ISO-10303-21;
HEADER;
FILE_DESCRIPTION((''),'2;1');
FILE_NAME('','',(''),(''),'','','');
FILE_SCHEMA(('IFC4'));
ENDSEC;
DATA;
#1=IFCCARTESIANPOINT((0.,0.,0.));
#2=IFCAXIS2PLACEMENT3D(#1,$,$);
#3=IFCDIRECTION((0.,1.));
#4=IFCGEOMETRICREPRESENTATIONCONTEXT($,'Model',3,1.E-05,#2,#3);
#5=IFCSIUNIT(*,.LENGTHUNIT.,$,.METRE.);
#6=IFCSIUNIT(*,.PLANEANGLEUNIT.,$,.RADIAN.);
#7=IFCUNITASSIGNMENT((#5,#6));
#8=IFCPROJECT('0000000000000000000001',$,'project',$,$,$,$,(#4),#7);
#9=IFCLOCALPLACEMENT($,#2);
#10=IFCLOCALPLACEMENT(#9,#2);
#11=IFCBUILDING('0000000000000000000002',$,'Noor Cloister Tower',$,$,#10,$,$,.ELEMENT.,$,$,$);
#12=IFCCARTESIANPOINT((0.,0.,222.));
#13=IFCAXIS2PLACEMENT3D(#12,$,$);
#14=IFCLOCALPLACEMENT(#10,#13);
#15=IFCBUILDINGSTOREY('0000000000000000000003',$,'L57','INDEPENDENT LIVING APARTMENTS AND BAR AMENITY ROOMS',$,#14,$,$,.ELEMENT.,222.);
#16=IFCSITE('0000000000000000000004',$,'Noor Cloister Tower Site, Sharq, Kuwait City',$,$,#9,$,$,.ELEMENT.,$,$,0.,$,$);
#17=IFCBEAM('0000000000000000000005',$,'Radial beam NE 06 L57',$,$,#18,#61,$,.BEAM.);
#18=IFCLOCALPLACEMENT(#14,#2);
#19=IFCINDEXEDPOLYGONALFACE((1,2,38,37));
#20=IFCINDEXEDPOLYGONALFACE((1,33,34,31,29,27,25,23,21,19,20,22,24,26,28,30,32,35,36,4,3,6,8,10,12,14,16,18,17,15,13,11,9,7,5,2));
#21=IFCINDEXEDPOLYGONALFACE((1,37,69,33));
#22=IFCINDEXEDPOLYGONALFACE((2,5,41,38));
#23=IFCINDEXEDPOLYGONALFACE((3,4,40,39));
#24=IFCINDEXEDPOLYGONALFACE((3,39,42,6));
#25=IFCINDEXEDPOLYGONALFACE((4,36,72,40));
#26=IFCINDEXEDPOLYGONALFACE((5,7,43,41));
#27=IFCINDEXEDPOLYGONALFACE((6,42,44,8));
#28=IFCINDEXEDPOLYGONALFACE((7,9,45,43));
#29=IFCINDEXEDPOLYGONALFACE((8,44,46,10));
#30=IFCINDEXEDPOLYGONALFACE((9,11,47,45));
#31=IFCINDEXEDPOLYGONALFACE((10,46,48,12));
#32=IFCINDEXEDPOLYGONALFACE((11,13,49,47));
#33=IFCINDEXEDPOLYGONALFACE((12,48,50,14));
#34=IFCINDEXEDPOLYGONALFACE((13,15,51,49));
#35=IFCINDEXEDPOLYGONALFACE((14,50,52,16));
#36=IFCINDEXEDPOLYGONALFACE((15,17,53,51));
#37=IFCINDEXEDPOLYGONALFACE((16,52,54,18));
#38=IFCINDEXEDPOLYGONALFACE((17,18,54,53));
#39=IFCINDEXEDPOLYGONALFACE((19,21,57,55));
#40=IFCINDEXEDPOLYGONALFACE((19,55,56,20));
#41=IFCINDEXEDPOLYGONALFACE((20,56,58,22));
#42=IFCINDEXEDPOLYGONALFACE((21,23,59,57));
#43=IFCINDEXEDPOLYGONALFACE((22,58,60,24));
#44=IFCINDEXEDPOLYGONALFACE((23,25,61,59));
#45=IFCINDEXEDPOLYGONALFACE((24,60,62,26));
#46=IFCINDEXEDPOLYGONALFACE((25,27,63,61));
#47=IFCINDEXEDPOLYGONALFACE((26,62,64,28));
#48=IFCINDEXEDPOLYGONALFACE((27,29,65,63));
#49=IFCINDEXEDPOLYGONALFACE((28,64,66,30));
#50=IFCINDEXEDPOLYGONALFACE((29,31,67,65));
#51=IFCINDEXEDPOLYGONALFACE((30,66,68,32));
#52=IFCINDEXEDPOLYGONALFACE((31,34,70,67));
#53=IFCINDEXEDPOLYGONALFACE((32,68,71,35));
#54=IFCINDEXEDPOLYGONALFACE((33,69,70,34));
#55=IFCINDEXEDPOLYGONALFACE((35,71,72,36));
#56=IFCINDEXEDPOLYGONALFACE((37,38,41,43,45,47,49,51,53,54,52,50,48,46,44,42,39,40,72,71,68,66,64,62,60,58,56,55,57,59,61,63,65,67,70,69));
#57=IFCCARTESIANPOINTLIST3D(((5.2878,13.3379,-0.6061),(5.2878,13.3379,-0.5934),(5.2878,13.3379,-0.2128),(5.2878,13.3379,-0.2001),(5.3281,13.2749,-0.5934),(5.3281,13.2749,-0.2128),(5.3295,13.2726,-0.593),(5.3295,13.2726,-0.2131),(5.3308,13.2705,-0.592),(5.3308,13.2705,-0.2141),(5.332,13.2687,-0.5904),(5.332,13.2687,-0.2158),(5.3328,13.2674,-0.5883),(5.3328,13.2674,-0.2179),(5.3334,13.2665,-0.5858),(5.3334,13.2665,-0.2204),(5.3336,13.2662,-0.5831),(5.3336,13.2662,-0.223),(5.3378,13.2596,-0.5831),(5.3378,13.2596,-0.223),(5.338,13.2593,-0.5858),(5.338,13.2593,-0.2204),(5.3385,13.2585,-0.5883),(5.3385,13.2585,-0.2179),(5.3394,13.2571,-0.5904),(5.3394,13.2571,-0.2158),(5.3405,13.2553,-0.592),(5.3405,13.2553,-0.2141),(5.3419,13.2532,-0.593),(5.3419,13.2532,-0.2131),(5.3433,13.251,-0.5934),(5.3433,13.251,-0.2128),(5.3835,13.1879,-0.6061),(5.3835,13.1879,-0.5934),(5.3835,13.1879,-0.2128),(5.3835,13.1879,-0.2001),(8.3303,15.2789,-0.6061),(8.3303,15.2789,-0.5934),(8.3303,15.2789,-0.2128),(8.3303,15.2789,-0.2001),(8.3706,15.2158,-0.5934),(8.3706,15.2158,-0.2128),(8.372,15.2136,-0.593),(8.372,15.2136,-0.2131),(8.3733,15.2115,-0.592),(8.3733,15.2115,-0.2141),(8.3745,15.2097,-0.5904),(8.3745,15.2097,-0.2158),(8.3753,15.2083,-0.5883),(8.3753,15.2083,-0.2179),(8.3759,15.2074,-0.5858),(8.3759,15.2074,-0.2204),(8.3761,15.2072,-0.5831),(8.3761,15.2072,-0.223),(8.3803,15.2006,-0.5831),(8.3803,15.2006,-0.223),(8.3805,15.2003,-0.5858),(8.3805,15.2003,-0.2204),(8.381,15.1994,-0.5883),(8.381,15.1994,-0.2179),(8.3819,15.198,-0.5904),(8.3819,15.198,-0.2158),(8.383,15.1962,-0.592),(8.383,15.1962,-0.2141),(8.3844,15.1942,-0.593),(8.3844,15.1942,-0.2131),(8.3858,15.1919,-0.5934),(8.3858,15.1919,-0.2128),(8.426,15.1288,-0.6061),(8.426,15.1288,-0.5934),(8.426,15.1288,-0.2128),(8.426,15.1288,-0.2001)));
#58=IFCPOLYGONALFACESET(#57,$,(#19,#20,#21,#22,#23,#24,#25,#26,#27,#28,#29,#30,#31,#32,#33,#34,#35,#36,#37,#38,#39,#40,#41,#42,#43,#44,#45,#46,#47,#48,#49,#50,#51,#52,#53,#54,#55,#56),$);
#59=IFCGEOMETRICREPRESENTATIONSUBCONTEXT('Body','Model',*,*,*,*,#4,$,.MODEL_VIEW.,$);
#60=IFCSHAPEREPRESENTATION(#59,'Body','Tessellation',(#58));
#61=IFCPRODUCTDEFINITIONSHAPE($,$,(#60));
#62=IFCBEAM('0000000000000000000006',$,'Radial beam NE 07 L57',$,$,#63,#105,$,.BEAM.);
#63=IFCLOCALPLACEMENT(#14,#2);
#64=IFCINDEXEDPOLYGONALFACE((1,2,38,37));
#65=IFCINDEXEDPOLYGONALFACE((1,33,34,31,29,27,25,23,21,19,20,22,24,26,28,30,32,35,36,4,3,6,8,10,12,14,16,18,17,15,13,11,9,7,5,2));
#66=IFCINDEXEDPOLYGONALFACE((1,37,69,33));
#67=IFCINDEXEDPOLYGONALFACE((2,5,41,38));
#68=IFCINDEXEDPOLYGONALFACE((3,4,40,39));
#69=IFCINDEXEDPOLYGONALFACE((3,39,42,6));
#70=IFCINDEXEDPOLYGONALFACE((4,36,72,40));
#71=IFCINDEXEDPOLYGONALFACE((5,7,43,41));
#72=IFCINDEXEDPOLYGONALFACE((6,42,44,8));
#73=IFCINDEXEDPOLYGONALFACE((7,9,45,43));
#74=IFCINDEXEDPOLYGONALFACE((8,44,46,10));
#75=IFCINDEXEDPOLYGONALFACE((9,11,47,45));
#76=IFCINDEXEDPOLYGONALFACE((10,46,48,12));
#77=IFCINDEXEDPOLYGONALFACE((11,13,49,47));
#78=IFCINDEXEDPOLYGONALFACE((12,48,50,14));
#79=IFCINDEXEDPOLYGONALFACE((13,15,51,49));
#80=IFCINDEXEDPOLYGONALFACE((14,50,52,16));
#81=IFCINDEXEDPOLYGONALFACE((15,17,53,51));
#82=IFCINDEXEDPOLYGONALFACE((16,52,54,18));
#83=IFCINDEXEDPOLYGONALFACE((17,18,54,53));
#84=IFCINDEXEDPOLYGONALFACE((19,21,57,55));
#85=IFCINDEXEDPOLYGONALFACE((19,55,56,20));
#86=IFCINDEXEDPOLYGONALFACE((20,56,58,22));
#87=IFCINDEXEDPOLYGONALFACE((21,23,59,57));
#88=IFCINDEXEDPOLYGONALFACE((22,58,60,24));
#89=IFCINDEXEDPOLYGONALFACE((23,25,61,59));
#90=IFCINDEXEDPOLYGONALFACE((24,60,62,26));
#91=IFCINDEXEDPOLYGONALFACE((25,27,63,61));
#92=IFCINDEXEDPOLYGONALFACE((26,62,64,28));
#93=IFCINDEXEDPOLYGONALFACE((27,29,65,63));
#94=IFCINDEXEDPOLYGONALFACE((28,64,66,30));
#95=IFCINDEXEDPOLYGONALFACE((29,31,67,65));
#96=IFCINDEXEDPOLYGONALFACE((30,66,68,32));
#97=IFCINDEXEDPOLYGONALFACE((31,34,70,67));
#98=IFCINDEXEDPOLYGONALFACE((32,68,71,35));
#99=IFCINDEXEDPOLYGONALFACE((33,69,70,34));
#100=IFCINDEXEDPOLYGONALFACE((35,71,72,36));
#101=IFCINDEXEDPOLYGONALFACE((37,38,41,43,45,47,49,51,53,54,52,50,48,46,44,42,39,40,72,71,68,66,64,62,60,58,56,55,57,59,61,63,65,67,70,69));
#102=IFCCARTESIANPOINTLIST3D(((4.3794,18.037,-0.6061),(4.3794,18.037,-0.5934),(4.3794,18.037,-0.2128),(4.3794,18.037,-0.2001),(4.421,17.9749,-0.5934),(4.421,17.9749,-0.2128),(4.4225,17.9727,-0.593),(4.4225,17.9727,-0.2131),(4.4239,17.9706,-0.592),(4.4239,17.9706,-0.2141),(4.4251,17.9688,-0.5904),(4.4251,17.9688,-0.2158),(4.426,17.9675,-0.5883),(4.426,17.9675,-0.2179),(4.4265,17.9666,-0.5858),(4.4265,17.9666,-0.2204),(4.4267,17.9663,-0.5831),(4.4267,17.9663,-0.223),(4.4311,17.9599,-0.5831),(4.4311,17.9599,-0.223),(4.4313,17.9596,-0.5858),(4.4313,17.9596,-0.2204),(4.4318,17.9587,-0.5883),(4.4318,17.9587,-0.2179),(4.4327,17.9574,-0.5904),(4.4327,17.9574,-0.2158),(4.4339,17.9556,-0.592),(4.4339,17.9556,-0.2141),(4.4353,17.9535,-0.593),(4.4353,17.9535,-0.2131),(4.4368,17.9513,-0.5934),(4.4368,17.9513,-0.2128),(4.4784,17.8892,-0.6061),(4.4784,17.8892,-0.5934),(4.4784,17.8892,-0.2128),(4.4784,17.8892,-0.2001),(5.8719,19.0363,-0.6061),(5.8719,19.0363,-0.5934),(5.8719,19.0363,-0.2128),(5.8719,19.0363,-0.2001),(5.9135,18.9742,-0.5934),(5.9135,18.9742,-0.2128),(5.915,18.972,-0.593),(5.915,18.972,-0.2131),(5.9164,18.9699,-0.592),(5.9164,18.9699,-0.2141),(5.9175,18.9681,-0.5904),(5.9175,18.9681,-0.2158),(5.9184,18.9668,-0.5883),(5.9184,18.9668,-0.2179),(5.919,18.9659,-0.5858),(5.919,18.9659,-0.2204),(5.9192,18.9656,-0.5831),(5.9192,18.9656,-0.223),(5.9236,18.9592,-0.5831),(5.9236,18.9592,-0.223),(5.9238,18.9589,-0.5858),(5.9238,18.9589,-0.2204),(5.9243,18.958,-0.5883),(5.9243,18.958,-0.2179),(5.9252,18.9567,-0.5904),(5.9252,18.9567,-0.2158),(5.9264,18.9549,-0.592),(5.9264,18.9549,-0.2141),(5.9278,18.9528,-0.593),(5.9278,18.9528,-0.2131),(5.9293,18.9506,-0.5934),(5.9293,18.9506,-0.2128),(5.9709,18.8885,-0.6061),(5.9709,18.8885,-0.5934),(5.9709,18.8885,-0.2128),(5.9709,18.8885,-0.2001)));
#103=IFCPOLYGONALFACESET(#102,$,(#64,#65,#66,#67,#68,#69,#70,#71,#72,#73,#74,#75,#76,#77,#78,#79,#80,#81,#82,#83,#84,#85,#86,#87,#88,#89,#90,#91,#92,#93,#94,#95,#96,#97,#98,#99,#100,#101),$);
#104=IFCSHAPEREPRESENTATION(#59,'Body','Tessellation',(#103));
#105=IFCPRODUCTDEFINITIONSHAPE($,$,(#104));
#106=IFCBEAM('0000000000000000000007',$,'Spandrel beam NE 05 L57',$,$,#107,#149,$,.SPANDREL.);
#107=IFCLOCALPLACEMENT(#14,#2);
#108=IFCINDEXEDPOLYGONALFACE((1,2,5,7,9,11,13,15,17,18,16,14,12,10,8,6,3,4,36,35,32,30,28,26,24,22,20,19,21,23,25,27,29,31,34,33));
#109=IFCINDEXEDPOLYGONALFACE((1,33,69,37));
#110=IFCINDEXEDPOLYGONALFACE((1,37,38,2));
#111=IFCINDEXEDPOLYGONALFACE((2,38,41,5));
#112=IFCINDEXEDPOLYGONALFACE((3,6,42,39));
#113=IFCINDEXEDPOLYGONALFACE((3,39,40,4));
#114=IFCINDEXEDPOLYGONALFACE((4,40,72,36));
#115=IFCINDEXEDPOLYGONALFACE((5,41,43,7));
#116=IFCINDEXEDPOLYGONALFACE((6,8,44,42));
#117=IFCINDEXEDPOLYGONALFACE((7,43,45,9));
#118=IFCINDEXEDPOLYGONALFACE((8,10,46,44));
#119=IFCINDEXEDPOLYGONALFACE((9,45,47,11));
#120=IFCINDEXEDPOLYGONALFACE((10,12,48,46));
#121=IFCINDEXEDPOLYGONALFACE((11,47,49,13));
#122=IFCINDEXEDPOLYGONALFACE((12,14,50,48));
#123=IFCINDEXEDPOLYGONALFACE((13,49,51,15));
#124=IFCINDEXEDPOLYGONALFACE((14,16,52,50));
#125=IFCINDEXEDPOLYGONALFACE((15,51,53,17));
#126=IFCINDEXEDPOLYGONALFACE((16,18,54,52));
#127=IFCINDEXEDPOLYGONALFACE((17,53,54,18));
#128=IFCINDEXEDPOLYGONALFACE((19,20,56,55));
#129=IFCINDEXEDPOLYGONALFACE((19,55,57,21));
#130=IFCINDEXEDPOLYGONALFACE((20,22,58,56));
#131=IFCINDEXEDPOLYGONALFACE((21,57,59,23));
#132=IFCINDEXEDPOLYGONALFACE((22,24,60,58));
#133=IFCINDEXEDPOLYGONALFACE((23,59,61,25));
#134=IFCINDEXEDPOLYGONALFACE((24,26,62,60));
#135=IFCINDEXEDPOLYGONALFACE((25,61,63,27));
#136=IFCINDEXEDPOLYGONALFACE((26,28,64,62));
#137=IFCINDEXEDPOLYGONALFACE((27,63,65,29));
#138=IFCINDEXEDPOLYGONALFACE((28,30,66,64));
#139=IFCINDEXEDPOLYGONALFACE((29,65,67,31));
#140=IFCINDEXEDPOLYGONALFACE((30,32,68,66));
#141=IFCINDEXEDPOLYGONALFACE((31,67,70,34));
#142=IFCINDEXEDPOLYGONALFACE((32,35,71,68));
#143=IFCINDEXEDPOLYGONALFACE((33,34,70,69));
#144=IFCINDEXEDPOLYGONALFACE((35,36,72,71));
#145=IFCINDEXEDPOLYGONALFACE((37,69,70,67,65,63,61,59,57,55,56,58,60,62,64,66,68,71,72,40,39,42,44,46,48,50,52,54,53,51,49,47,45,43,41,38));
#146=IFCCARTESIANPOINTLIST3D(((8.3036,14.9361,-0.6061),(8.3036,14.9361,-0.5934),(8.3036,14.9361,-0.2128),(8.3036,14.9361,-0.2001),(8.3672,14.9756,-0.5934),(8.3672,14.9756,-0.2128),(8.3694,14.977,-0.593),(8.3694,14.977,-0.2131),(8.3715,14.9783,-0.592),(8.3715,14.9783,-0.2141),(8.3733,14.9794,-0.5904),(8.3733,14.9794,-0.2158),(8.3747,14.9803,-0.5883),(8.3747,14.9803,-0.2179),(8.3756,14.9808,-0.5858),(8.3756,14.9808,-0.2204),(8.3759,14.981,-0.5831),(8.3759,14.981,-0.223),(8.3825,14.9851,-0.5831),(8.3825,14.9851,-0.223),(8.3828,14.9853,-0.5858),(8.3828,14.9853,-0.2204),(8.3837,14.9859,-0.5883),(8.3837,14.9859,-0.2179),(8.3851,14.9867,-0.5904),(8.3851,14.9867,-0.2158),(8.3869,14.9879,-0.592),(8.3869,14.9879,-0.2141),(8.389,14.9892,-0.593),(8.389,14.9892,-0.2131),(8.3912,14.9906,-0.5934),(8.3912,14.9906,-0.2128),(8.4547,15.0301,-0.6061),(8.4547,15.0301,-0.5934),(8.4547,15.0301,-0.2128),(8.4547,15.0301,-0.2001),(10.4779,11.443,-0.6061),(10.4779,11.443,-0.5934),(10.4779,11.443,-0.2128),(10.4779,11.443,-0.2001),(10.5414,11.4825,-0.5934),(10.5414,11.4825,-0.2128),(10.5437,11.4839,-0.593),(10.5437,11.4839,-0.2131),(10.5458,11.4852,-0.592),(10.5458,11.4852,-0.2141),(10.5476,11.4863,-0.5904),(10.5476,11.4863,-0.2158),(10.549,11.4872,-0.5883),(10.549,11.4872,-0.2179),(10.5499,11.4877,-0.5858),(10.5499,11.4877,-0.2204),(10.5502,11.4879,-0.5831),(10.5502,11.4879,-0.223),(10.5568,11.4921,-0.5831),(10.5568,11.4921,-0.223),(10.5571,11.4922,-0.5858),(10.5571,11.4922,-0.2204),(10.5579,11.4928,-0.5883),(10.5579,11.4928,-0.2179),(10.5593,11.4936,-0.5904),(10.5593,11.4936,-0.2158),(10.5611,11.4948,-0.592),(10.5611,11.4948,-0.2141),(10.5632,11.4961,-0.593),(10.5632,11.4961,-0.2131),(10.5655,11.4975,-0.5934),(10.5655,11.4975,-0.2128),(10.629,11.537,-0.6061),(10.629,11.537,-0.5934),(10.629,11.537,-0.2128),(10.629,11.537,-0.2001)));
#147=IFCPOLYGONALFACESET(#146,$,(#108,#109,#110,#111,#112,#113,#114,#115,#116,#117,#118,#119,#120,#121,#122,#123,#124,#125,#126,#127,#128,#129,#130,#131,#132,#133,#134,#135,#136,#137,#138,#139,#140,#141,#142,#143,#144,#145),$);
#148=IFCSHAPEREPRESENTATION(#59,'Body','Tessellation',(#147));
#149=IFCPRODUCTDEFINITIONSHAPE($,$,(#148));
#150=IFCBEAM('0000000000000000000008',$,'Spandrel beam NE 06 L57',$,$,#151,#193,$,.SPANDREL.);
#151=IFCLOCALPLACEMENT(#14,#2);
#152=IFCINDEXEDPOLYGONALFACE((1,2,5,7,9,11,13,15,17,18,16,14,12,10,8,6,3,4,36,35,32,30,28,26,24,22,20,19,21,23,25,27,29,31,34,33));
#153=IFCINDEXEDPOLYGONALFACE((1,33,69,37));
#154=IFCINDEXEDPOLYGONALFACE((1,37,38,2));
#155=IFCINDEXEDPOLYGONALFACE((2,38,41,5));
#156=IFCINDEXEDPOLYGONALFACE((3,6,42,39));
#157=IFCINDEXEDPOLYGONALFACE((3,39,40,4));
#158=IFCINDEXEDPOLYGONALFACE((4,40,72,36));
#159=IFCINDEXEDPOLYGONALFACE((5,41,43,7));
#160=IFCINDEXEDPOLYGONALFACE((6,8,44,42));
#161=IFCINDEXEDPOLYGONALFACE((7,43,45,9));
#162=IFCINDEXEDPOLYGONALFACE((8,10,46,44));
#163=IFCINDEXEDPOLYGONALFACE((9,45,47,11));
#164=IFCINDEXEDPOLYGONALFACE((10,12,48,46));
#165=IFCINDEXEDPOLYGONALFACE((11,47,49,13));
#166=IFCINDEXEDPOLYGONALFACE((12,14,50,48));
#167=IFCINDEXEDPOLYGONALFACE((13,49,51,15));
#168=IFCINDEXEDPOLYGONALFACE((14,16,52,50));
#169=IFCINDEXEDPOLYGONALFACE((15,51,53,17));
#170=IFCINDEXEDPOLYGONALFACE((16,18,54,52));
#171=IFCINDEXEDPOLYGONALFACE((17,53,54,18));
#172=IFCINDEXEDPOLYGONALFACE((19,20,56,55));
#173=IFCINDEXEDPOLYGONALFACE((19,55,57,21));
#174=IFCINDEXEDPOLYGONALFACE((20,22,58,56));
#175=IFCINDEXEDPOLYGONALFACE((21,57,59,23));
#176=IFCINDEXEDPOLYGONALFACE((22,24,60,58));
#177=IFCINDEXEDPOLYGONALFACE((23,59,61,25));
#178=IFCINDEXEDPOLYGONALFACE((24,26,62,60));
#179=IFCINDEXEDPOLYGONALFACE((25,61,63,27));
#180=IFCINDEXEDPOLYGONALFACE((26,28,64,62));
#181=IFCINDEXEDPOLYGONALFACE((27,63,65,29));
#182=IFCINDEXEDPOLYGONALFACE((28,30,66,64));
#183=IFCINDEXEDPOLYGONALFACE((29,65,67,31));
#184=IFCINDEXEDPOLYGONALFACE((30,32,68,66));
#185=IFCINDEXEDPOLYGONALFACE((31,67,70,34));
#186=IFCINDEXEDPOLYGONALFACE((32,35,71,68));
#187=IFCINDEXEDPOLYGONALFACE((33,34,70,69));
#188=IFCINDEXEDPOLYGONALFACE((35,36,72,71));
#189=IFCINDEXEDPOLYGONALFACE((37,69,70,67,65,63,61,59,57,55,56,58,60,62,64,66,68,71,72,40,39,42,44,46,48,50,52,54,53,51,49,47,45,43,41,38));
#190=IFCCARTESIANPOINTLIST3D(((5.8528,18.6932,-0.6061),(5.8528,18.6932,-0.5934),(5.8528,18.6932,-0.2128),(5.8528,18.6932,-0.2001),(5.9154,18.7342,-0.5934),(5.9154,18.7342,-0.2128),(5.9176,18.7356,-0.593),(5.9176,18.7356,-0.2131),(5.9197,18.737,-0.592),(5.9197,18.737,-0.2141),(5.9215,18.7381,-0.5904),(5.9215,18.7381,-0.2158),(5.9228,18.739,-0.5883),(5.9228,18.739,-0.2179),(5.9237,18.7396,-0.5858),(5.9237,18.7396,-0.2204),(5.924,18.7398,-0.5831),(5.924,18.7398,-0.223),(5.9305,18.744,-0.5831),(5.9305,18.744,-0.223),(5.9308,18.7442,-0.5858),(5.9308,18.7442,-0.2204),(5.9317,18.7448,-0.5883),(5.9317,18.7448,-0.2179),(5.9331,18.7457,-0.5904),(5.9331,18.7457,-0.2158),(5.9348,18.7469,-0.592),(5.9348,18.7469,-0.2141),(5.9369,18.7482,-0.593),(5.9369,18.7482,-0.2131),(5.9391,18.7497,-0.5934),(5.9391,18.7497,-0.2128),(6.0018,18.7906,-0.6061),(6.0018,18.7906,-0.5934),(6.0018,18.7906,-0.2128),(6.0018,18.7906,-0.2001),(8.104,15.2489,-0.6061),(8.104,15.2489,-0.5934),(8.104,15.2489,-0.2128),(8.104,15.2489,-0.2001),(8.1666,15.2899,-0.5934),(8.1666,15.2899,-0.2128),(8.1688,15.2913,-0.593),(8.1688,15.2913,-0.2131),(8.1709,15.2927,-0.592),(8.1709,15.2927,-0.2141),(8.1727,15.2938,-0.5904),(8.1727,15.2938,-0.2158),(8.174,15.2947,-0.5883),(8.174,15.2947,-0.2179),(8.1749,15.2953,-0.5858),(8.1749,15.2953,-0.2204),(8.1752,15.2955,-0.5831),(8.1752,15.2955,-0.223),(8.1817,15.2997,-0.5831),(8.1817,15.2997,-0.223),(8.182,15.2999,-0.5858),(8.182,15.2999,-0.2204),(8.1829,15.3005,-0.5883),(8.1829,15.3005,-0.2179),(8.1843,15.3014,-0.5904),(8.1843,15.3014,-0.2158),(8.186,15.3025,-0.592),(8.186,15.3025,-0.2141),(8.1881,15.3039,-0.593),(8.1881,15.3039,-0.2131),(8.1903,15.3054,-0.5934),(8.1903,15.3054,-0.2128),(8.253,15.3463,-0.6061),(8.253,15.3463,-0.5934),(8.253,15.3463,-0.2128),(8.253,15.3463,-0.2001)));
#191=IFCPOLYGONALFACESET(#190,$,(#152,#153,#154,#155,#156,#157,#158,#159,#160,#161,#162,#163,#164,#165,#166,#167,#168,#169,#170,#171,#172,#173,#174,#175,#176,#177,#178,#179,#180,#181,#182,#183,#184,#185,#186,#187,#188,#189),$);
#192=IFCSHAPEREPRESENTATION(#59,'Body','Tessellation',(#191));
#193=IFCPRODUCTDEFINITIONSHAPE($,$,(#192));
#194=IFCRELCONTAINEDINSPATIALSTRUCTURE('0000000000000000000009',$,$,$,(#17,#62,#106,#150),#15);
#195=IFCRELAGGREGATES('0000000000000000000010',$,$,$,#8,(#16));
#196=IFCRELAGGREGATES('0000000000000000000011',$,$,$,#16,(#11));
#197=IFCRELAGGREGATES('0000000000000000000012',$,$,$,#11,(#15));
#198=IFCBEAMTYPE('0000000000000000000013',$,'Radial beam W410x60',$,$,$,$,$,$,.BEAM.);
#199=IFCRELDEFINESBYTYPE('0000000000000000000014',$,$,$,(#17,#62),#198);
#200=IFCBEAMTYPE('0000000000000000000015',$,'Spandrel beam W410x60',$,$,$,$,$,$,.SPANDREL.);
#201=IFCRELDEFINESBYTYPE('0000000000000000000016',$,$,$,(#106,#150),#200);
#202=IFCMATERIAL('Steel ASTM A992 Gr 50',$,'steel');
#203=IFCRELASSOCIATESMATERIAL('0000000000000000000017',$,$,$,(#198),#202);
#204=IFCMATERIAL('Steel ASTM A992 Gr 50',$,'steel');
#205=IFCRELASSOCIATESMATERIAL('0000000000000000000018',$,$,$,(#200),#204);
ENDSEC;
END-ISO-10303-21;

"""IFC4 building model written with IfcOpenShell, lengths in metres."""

from ifc_helpers import new_model, si_unit, direction, frame, origin, origin_2d, place, context, subcontext, project, spatial, i_section, extrude, material, material_profile, profile_set, type_object, element, save


model = new_model("IFC4")

# Units and contexts
model_context = context("Model", 3, precision=1e-05, world=origin(), true_north=direction((0.0, 1.0)))
body_context = subcontext(model_context, "Body", "Model", "MODEL_VIEW")
ifc_project = project(units=[si_unit("LENGTHUNIT", "METRE"), si_unit("PLANEANGLEUNIT", "RADIAN")], contexts=[model_context])

# Site, building, storey
site_placement = place(None, origin())
site = spatial("IfcSite", under=ifc_project, at=site_placement, Name="Noor Cloister Tower Site, Sharq, Kuwait City", CompositionType="ELEMENT", RefElevation=0.0)
building_placement = place(site_placement, origin())
building = spatial("IfcBuilding", under=site, at=building_placement, Name="Noor Cloister Tower", CompositionType="ELEMENT")
storey_placement = place(building_placement, frame((0.0, 0.0, 222.0)))
storey = spatial("IfcBuildingStorey", under=building, at=storey_placement, Name="L57", Description="INDEPENDENT LIVING APARTMENTS AND BAR AMENITY ROOMS", CompositionType="ELEMENT", Elevation=222.0)

# Beams
ifc_material_1 = material(Name="Steel ASTM A992 Gr 50", Category="steel")
ifc_material_profile_1 = material_profile(ifc_material_1, i_section(OverallWidth=0.178, OverallDepth=0.406, WebThickness=0.0078, FlangeThickness=0.0127, FilletRadius=0.0103, at=origin_2d()), Name="W410x60")
ifc_profile_set_1 = profile_set([ifc_material_profile_1], Name="Steel ASTM A992 Gr 50")
beam_type_1 = type_object("IfcBeamType", Name="Radial beam W410x60", PredefinedType="BEAM", material=ifc_profile_set_1)
beam_1_placement = place(storey_placement, frame((8.3782, 15.2039, -0.4031), z_axis=(-0.843059, -0.537821, 0.0), x_axis=(0.537821, -0.843059, 0.0)))
element("IfcBeam", 1, at=beam_1_placement, inside=storey, type_object=beam_type_1, Name="Radial beam NE 06 L57", PredefinedType="BEAM", context=body_context, shape_type="SweptSolid", body=[
    extrude(i_section(OverallWidth=0.178, OverallDepth=0.406, WebThickness=0.0078, FlangeThickness=0.0127, FilletRadius=0.0103, at=origin_2d()), origin(), (0.0, 0.0, 1.0), 3.6089),
])
beam_2_placement = place(storey_placement, frame((5.9214, 18.9624, -0.4031), z_axis=(-0.83094, -0.556362, 0.0), x_axis=(0.556362, -0.83094, 0.0)))
element("IfcBeam", 2, at=beam_2_placement, inside=storey, type_object=beam_type_1, Name="Radial beam NE 07 L57", PredefinedType="BEAM", context=body_context, shape_type="SweptSolid", body=[
    extrude(i_section(OverallWidth=0.178, OverallDepth=0.406, WebThickness=0.0078, FlangeThickness=0.0127, FilletRadius=0.0103, at=origin_2d()), origin(), (0.0, 0.0, 1.0), 1.7961),
])
ifc_material_2 = material(Name="Steel ASTM A992 Gr 50", Category="steel")
ifc_material_profile_2 = material_profile(ifc_material_2, i_section(OverallWidth=0.178, OverallDepth=0.406, WebThickness=0.0078, FlangeThickness=0.0127, FilletRadius=0.0103, at=origin_2d()), Name="W410x60")
ifc_profile_set_2 = profile_set([ifc_material_profile_2], Name="Steel ASTM A992 Gr 50")
beam_type_2 = type_object("IfcBeamType", Name="Spandrel beam W410x60", PredefinedType="SPANDREL", material=ifc_profile_set_2)
beam_3_placement = place(storey_placement, frame((10.5535, 11.49, -0.4031), z_axis=(-0.528441, 0.84897, 0.0), x_axis=(-0.84897, -0.528441, 0.0)))
element("IfcBeam", 3, at=beam_3_placement, inside=storey, type_object=beam_type_2, Name="Spandrel beam NE 05 L57", PredefinedType="SPANDREL", context=body_context, shape_type="SweptSolid", body=[
    extrude(i_section(OverallWidth=0.178, OverallDepth=0.406, WebThickness=0.0078, FlangeThickness=0.0127, FilletRadius=0.0103, at=origin_2d()), origin(), (0.0, 0.0, 1.0), 4.1145),
])
beam_4_placement = place(storey_placement, frame((8.1785, 15.2976, -0.4031), z_axis=(-0.547105, 0.837064, 0.0), x_axis=(-0.837064, -0.547105, 0.0)))
element("IfcBeam", 4, at=beam_4_placement, inside=storey, type_object=beam_type_2, Name="Spandrel beam NE 06 L57", PredefinedType="SPANDREL", context=body_context, shape_type="SweptSolid", body=[
    extrude(i_section(OverallWidth=0.178, OverallDepth=0.406, WebThickness=0.0078, FlangeThickness=0.0127, FilletRadius=0.0103, at=origin_2d()), origin(), (0.0, 0.0, 1.0), 4.1147),
])

save(model, "model.ifc")
